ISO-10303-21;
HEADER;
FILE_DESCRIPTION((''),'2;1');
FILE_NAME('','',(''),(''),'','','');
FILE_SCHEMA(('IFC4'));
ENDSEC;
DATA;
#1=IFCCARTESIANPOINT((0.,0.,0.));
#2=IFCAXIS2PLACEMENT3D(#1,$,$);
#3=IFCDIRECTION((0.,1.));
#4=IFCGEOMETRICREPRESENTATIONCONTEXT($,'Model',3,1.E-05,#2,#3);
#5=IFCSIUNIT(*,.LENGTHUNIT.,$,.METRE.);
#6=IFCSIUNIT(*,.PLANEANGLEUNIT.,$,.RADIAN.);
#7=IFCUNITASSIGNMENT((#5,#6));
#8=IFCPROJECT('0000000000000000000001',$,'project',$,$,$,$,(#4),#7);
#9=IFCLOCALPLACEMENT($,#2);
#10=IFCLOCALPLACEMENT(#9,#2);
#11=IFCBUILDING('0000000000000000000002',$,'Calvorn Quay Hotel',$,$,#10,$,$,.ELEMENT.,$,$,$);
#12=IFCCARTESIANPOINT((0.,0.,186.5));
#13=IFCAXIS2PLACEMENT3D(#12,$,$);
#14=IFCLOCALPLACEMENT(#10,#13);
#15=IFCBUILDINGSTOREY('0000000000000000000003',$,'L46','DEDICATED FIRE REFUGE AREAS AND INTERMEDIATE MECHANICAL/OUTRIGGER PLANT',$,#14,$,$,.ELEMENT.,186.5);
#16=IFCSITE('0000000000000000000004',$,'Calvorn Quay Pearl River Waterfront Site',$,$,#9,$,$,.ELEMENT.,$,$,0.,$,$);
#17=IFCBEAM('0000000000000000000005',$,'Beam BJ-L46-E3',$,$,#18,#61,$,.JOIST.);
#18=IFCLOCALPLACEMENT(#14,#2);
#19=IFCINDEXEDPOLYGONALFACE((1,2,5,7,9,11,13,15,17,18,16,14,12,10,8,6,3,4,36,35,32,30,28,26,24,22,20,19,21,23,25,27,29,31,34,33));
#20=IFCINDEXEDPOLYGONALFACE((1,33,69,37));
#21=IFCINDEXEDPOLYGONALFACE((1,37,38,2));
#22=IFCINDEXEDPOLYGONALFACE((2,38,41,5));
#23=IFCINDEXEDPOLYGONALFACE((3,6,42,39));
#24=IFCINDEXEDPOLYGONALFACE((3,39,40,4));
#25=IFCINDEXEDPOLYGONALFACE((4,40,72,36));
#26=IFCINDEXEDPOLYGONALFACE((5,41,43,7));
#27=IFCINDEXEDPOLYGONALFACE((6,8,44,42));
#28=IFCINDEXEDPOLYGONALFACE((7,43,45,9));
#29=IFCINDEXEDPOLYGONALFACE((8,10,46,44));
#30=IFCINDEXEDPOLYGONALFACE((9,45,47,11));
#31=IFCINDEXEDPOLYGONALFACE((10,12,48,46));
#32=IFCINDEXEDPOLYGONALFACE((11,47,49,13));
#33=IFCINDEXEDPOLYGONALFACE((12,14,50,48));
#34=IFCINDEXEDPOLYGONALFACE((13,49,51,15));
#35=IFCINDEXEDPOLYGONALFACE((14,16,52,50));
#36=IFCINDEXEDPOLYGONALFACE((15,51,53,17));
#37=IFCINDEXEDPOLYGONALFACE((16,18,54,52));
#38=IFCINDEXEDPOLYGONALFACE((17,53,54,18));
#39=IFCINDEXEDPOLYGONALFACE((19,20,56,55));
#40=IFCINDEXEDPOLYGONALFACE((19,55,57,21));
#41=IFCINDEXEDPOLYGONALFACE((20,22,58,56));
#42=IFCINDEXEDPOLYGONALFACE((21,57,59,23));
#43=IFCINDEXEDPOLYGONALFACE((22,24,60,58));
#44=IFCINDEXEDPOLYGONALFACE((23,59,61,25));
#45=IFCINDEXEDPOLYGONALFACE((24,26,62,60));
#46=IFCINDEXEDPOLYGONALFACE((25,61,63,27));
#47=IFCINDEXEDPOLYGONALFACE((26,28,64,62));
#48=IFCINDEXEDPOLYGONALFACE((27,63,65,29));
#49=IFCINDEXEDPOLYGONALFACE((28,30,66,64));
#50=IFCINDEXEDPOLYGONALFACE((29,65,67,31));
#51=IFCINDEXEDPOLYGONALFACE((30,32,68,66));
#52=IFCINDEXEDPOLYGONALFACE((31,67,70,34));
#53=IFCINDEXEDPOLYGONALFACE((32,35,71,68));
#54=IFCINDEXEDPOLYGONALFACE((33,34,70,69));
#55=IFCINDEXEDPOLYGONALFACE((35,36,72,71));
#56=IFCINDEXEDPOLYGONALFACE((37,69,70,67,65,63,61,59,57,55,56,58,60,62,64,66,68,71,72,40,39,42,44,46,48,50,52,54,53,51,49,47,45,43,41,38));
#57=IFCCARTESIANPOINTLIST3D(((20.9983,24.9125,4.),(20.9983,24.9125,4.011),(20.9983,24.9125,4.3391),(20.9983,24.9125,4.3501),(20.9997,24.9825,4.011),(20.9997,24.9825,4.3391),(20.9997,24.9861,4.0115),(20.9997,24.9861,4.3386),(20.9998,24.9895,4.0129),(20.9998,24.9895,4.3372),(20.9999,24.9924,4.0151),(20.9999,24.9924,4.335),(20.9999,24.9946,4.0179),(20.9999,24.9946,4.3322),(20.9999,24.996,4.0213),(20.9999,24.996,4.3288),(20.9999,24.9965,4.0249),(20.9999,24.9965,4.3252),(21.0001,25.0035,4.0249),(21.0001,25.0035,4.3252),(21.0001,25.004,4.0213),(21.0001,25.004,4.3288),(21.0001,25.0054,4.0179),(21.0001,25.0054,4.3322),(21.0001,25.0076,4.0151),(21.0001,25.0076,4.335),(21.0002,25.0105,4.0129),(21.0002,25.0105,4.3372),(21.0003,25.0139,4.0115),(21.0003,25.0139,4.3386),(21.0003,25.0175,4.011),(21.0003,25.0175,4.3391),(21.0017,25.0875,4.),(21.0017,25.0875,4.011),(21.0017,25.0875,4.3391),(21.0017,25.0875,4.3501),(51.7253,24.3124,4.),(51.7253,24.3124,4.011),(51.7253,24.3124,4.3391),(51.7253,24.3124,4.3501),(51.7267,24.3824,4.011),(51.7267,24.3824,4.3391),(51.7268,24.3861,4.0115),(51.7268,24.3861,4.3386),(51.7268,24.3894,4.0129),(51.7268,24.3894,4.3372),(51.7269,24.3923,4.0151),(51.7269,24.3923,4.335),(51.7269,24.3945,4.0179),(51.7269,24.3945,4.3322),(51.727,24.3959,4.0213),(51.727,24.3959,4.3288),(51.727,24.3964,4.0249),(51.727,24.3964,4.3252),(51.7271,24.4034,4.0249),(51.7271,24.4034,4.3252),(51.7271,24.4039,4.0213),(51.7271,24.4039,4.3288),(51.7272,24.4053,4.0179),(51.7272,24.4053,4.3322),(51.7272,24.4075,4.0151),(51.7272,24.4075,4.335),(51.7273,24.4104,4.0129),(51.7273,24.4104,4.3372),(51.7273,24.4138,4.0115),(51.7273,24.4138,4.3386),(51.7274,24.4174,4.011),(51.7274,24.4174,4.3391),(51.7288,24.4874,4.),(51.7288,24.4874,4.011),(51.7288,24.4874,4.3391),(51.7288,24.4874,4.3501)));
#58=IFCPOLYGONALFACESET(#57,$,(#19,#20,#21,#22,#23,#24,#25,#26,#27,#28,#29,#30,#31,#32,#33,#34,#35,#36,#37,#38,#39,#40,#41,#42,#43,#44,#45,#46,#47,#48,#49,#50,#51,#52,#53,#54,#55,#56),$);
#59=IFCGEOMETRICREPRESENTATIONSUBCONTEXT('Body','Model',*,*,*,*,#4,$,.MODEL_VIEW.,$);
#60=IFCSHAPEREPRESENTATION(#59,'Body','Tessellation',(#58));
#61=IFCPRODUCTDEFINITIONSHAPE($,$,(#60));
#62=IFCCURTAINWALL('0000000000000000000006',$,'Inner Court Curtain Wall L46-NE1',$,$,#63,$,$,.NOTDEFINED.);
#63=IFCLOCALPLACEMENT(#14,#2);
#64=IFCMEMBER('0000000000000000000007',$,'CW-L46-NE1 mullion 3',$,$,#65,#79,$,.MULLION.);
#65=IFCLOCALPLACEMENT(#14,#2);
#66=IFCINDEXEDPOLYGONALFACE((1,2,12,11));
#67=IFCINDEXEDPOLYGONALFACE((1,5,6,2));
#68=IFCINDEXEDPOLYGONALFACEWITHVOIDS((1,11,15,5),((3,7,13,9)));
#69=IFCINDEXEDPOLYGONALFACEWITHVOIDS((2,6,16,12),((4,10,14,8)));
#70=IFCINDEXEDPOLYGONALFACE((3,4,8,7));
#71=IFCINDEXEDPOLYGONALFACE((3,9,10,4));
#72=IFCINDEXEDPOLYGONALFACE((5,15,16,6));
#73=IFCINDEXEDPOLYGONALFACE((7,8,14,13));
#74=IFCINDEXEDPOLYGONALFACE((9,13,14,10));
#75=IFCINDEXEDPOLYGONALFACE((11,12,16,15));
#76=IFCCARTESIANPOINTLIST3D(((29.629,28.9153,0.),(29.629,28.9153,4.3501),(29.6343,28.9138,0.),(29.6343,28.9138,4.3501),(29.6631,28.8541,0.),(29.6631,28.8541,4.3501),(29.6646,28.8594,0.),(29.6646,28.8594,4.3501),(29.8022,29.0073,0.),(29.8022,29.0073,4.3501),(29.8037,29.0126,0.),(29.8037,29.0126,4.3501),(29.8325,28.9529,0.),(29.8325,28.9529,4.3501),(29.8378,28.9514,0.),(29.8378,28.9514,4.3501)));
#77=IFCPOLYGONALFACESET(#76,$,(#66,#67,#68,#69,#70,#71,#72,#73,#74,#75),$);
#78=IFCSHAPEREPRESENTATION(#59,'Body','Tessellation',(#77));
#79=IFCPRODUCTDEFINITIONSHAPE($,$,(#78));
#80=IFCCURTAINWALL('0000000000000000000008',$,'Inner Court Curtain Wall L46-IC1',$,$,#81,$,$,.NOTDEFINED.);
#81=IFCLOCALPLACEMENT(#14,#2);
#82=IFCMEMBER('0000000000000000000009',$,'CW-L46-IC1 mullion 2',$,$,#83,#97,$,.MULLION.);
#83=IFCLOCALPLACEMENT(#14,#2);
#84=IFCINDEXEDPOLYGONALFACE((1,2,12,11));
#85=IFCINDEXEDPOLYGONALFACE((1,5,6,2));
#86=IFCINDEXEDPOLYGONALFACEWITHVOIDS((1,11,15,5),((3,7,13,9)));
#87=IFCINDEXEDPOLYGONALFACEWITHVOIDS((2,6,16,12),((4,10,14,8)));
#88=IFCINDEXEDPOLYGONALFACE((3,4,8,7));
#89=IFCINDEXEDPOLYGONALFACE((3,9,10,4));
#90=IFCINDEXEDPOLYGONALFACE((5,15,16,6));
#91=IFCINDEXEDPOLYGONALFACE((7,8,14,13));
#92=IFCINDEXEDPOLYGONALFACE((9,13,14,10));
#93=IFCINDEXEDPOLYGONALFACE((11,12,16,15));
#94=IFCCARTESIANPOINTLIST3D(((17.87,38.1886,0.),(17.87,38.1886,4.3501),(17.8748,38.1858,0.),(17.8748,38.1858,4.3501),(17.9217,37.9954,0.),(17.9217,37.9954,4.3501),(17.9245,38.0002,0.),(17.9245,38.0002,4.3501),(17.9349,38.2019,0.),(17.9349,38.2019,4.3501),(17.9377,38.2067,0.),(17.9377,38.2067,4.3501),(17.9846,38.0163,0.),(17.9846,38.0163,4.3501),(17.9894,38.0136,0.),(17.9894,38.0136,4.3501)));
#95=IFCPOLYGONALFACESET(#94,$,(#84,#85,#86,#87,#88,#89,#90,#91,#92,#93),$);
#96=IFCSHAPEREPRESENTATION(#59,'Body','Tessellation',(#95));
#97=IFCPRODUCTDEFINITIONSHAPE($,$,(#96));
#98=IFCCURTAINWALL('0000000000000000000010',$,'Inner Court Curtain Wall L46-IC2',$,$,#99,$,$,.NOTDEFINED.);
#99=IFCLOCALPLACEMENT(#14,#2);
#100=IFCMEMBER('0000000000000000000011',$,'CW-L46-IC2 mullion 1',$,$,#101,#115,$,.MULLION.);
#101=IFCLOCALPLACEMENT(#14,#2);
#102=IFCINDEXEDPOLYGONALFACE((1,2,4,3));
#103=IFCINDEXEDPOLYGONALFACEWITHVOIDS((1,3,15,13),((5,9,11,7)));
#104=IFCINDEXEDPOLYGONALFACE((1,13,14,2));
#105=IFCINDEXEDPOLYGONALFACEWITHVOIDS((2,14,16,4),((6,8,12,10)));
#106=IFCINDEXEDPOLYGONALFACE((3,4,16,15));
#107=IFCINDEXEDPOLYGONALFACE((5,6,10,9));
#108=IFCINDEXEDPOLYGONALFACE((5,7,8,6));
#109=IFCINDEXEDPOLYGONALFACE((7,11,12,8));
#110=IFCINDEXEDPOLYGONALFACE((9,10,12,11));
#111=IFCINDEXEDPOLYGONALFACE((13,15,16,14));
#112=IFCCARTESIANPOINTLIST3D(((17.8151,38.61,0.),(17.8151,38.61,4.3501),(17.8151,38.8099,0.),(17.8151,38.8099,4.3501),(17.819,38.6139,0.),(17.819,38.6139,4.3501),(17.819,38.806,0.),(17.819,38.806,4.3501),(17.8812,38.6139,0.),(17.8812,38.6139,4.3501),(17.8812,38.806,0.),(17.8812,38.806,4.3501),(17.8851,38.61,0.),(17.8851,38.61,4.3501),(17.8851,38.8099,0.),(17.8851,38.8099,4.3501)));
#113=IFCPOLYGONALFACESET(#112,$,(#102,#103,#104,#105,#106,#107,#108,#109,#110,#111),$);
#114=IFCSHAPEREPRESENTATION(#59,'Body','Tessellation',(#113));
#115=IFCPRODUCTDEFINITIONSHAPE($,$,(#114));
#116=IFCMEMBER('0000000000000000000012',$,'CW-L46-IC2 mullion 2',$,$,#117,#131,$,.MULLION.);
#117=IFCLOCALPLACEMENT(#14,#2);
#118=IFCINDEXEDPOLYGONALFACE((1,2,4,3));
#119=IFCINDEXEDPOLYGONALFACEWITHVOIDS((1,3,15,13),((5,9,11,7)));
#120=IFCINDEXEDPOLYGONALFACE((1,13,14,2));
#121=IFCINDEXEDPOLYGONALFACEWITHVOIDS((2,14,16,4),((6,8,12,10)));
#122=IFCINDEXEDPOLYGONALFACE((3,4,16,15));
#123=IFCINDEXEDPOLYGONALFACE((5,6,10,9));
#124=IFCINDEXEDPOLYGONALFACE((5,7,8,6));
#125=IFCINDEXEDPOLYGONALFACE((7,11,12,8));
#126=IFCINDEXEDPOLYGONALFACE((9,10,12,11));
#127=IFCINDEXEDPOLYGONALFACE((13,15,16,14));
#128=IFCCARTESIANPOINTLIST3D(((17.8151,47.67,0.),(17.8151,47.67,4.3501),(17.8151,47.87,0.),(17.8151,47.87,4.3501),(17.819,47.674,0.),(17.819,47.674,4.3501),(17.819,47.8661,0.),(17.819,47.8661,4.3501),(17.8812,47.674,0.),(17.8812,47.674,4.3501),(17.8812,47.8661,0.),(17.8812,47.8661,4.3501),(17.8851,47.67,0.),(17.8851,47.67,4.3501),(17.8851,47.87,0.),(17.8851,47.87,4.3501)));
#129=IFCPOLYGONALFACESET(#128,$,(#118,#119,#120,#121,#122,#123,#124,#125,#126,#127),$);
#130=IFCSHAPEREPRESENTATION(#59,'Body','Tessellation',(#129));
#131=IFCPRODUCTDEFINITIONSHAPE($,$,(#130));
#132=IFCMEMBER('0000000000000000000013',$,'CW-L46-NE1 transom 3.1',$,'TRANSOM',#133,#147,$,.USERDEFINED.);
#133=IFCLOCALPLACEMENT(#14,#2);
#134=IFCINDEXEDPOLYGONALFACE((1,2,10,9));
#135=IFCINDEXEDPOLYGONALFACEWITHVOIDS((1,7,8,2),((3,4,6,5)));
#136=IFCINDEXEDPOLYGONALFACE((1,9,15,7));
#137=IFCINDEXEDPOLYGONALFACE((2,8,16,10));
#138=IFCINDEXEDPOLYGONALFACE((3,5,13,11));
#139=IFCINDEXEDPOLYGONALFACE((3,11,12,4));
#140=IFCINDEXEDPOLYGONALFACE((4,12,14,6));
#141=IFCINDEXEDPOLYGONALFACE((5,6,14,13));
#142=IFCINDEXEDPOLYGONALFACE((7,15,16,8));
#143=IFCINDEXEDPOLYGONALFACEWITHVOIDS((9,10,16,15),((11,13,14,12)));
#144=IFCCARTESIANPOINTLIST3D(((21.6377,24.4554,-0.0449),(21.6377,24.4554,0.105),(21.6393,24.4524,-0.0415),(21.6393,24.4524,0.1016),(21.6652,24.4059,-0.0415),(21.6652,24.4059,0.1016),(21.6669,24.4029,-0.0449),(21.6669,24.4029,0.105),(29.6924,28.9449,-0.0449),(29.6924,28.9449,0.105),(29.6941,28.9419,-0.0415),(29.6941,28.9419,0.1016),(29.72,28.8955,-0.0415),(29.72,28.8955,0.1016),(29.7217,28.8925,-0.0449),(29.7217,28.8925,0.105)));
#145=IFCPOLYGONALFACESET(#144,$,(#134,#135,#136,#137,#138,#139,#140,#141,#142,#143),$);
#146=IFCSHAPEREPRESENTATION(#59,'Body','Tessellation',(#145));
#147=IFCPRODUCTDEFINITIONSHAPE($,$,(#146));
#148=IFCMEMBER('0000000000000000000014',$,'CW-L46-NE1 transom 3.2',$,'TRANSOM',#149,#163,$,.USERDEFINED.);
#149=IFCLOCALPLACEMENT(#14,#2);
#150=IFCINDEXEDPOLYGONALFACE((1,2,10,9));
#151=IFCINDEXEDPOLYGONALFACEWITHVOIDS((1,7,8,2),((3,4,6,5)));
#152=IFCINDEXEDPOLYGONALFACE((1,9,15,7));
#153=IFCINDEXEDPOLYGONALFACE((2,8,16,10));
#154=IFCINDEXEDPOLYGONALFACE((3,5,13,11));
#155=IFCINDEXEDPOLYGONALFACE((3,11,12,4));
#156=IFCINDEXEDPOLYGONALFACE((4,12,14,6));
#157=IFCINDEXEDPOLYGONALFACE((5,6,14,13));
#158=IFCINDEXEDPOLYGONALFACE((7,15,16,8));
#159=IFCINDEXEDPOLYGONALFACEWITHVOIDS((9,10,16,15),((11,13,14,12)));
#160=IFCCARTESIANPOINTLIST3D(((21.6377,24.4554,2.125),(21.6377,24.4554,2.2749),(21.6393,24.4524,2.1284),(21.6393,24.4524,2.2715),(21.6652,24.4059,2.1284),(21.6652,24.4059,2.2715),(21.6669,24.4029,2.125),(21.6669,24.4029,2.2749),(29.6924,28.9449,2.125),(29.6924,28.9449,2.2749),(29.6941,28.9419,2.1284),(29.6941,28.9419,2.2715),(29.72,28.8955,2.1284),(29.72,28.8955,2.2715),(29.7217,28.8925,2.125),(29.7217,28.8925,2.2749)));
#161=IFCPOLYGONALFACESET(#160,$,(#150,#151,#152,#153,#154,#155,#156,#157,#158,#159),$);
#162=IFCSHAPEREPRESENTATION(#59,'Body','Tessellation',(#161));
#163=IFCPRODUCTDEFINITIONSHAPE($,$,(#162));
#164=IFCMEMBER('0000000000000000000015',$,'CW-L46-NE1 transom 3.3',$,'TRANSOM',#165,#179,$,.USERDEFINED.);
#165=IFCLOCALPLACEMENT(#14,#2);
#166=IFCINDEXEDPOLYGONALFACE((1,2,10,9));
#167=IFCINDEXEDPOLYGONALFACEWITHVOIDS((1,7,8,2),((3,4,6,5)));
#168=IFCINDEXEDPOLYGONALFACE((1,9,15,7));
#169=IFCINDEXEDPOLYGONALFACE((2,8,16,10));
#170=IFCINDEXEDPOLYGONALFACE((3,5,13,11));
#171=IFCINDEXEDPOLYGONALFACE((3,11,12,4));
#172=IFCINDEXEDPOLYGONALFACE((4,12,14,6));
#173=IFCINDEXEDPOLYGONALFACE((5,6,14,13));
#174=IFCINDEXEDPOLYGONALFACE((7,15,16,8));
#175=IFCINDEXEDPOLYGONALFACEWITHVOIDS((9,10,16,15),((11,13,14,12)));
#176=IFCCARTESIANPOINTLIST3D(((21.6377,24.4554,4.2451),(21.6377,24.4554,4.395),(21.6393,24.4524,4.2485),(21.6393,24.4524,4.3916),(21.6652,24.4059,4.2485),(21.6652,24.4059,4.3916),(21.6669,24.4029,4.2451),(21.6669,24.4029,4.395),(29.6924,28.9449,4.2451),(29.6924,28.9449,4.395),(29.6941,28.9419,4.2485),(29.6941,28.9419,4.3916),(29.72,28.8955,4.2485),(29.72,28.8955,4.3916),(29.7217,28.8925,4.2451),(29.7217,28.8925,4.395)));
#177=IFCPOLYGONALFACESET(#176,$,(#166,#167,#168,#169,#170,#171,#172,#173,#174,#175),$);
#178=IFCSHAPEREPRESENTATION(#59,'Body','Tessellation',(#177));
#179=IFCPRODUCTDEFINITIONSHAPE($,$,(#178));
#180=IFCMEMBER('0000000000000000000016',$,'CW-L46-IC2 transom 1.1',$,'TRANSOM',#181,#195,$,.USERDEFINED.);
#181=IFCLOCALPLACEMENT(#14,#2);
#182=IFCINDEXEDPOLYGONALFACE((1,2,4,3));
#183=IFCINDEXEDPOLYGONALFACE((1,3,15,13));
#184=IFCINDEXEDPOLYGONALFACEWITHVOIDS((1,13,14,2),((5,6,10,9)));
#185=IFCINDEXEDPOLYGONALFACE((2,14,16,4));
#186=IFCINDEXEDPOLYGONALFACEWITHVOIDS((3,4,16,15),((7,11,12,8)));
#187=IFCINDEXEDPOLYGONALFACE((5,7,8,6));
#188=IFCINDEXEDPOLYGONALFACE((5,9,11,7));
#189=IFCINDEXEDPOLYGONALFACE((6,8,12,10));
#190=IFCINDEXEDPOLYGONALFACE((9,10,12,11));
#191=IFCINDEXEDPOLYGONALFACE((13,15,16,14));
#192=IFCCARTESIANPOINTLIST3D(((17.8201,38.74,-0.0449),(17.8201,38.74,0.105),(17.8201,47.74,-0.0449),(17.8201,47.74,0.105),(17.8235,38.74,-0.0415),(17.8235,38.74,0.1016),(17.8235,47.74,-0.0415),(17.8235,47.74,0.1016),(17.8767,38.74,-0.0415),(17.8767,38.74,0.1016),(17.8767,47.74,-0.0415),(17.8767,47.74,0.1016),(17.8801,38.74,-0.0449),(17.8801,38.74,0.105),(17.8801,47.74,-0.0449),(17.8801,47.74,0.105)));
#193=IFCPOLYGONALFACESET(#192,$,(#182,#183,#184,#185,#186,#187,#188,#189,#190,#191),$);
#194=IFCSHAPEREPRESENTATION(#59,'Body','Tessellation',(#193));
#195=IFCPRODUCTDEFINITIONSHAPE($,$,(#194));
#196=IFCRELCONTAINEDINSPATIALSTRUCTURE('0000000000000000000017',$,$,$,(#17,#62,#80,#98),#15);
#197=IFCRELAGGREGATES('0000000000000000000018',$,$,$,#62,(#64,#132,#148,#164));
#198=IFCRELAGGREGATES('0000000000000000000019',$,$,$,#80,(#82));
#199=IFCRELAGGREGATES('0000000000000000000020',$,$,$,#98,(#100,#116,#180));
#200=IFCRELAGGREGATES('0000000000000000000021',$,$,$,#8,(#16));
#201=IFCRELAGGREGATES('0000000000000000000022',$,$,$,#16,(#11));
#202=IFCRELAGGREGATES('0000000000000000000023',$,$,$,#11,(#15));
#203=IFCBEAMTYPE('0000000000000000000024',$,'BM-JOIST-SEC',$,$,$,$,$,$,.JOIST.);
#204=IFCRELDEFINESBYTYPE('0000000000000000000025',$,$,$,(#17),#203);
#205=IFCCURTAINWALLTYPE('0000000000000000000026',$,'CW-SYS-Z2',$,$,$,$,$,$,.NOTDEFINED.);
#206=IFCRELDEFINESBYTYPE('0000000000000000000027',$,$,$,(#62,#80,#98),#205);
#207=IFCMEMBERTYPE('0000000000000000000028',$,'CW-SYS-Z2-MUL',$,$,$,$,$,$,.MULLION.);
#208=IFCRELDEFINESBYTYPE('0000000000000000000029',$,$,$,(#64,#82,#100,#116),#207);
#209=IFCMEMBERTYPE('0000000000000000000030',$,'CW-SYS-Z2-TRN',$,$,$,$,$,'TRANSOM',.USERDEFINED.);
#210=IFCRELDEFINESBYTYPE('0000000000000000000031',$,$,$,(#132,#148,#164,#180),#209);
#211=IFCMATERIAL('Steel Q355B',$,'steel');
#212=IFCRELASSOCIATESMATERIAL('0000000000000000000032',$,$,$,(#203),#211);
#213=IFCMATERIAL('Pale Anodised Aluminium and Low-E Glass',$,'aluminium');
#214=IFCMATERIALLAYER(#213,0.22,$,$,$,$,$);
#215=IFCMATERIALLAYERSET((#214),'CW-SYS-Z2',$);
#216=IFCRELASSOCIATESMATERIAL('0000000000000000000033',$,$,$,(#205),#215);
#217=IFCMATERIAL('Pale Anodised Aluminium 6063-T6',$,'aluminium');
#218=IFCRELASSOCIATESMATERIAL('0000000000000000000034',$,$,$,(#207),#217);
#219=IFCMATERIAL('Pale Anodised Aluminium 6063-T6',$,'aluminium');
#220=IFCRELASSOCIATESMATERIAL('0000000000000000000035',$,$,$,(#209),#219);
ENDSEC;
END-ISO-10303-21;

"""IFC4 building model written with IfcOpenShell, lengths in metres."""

from ifc_helpers import new_model, si_unit, direction, frame, origin, origin_2d, place, context, subcontext, project, spatial, hollow_rectangle, i_section, extrude, material, layer, layer_set, material_profile, profile_set, type_object, element, aggregate, save


model = new_model("IFC4")

# Units and contexts
model_context = context("Model", 3, precision=1e-05, world=origin(), true_north=direction((0.0, 1.0)))
body_context = subcontext(model_context, "Body", "Model", "MODEL_VIEW")
ifc_project = project(units=[si_unit("LENGTHUNIT", "METRE"), si_unit("PLANEANGLEUNIT", "RADIAN")], contexts=[model_context])

# Site, building, storey
site_placement = place(None, origin())
site = spatial("IfcSite", under=ifc_project, at=site_placement, Name="Calvorn Quay Pearl River Waterfront Site", CompositionType="ELEMENT", RefElevation=0.0)
building_placement = place(site_placement, origin())
building = spatial("IfcBuilding", under=site, at=building_placement, Name="Calvorn Quay Hotel", CompositionType="ELEMENT")
storey_placement = place(building_placement, frame((0.0, 0.0, 186.5)))
storey = spatial("IfcBuildingStorey", under=building, at=storey_placement, Name="L46", Description="DEDICATED FIRE REFUGE AREAS AND INTERMEDIATE MECHANICAL/OUTRIGGER PLANT", CompositionType="ELEMENT", Elevation=186.5)

# Beam
ifc_material_1 = material(Name="Steel Q355B", Category="steel")
ifc_material_profile_1 = material_profile(ifc_material_1, i_section(OverallWidth=0.175, OverallDepth=0.3501, WebThickness=0.0071, FlangeThickness=0.011, FilletRadius=0.0139, at=origin_2d()), Name="HN350x175x7x11")
ifc_profile_set_1 = profile_set([ifc_material_profile_1], Name="Steel Q355B")
beam_type = type_object("IfcBeamType", Name="BM-JOIST-SEC", PredefinedType="JOIST", material=ifc_profile_set_1)
beam_placement = place(storey_placement, frame((21.0, 25.0, 4.175), z_axis=(0.999809, -0.019526, 0.0), x_axis=(0.019526, 0.999809, 0.0)))
element("IfcBeam", 1, at=beam_placement, inside=storey, type_object=beam_type, Name="Beam BJ-L46-E3", PredefinedType="JOIST", context=body_context, shape_type="SweptSolid", body=[
    extrude(i_section(OverallWidth=0.175, OverallDepth=0.3501, WebThickness=0.0071, FlangeThickness=0.011, FilletRadius=0.0139, at=origin_2d()), origin(), (0.0, 0.0, 1.0), 30.7329),
])

# Curtain walls, members
ifc_material_2 = material(Name="Pale Anodised Aluminium and Low-E Glass", Category="aluminium")
ifc_layer_1 = layer(ifc_material_2, 0.22)
ifc_layer_set_1 = layer_set([ifc_layer_1], Name="CW-SYS-Z2")
curtain_wall_type = type_object("IfcCurtainWallType", Name="CW-SYS-Z2", PredefinedType="NOTDEFINED", material=ifc_layer_set_1)
curtain_wall_1_placement = place(storey_placement, origin())
curtain_wall_1 = element("IfcCurtainWall", 2, at=curtain_wall_1_placement, inside=storey, type_object=curtain_wall_type, Name="Inner Court Curtain Wall L46-NE1", PredefinedType="NOTDEFINED")
ifc_material_3 = material(Name="Pale Anodised Aluminium 6063-T6", Category="aluminium")
ifc_material_profile_2 = material_profile(ifc_material_3, hollow_rectangle(XDim=0.0701, YDim=0.2, WallThickness=0.0039, at=origin_2d()), Name="ALU-M200x70x4")
ifc_profile_set_2 = profile_set([ifc_material_profile_2], Name="Pale Anodised Aluminium 6063-T6")
member_type_1 = type_object("IfcMemberType", Name="CW-SYS-Z2-MUL", PredefinedType="MULLION", material=ifc_profile_set_2)
member_1_placement = place(storey_placement, frame((29.7334, 28.9333, 0.0), z_axis=(0.0, 0.0, 1.0), x_axis=(0.486858, -0.873481, 0.0)))
member_1 = element("IfcMember", 3, at=member_1_placement, type_object=member_type_1, Name="CW-L46-NE1 mullion 3", PredefinedType="MULLION", context=body_context, shape_type="SweptSolid", body=[
    extrude(hollow_rectangle(XDim=0.0701, YDim=0.2, WallThickness=0.0039, at=origin_2d()), origin(), (0.0, 0.0, 1.0), 4.3501),
])
curtain_wall_2_placement = place(storey_placement, origin())
curtain_wall_2 = element("IfcCurtainWall", 4, at=curtain_wall_2_placement, inside=storey, type_object=curtain_wall_type, Name="Inner Court Curtain Wall L46-IC1", PredefinedType="NOTDEFINED")
member_2_placement = place(storey_placement, frame((17.9297, 38.1011, 0.0), z_axis=(0.0, 0.0, 1.0), x_axis=(-0.965937, -0.258779, 0.0)))
member_2 = element("IfcMember", 5, at=member_2_placement, type_object=member_type_1, Name="CW-L46-IC1 mullion 2", PredefinedType="MULLION", context=body_context, shape_type="SweptSolid", body=[
    extrude(hollow_rectangle(XDim=0.0701, YDim=0.2, WallThickness=0.0039, at=origin_2d()), origin(), (0.0, 0.0, 1.0), 4.3501),
])

# Curtain wall, members
curtain_wall_3_placement = place(storey_placement, origin())
curtain_wall_3 = element("IfcCurtainWall", 6, at=curtain_wall_3_placement, inside=storey, type_object=curtain_wall_type, Name="Inner Court Curtain Wall L46-IC2", PredefinedType="NOTDEFINED")
member_3_placement = place(storey_placement, frame((17.8501, 38.71, 0.0), z_axis=(0.0, 0.0, 1.0), x_axis=(-1.0, 0.0, 0.0)))
member_3 = element("IfcMember", 7, at=member_3_placement, type_object=member_type_1, Name="CW-L46-IC2 mullion 1", PredefinedType="MULLION", context=body_context, shape_type="SweptSolid", body=[
    extrude(hollow_rectangle(XDim=0.0701, YDim=0.2, WallThickness=0.0039, at=origin_2d()), origin(), (0.0, 0.0, 1.0), 4.3501),
])
member_4_placement = place(storey_placement, frame((17.8501, 47.77, 0.0), z_axis=(0.0, 0.0, 1.0), x_axis=(-1.0, 0.0, 0.0)))
member_4 = element("IfcMember", 8, at=member_4_placement, type_object=member_type_1, Name="CW-L46-IC2 mullion 2", PredefinedType="MULLION", context=body_context, shape_type="SweptSolid", body=[
    extrude(hollow_rectangle(XDim=0.0701, YDim=0.2, WallThickness=0.0039, at=origin_2d()), origin(), (0.0, 0.0, 1.0), 4.3501),
])

# Members
ifc_material_4 = material(Name="Pale Anodised Aluminium 6063-T6", Category="aluminium")
ifc_material_profile_3 = material_profile(ifc_material_4, hollow_rectangle(XDim=0.0601, YDim=0.1499, WallThickness=0.0034, at=origin_2d()), Name="ALU-T150x60x3.5")
ifc_profile_set_3 = profile_set([ifc_material_profile_3], Name="Pale Anodised Aluminium 6063-T6")
member_type_2 = type_object("IfcMemberType", Name="CW-SYS-Z2-TRN", ElementType="TRANSOM", PredefinedType="USERDEFINED", material=ifc_profile_set_3)
member_5_placement = place(storey_placement, frame((29.707, 28.9187, 0.03), z_axis=(-0.873481, -0.486859, 0.0), x_axis=(0.486859, -0.873481, 0.0)))
member_5 = element("IfcMember", 9, at=member_5_placement, type_object=member_type_2, Name="CW-L46-NE1 transom 3.1", ObjectType="TRANSOM", PredefinedType="USERDEFINED", context=body_context, shape_type="SweptSolid", body=[
    extrude(hollow_rectangle(XDim=0.0601, YDim=0.1499, WallThickness=0.0034, at=origin_2d()), origin(), (0.0, 0.0, 1.0), 9.2214),
])
member_6_placement = place(storey_placement, frame((29.707, 28.9187, 2.2), z_axis=(-0.873481, -0.486859, 0.0), x_axis=(0.486859, -0.873481, 0.0)))
member_6 = element("IfcMember", 10, at=member_6_placement, type_object=member_type_2, Name="CW-L46-NE1 transom 3.2", ObjectType="TRANSOM", PredefinedType="USERDEFINED", context=body_context, shape_type="SweptSolid", body=[
    extrude(hollow_rectangle(XDim=0.0601, YDim=0.1499, WallThickness=0.0034, at=origin_2d()), origin(), (0.0, 0.0, 1.0), 9.2214),
])
member_7_placement = place(storey_placement, frame((29.707, 28.9187, 4.3201), z_axis=(-0.873481, -0.486859, 0.0), x_axis=(0.486859, -0.873481, 0.0)))
member_7 = element("IfcMember", 11, at=member_7_placement, type_object=member_type_2, Name="CW-L46-NE1 transom 3.3", ObjectType="TRANSOM", PredefinedType="USERDEFINED", context=body_context, shape_type="SweptSolid", body=[
    extrude(hollow_rectangle(XDim=0.0601, YDim=0.1499, WallThickness=0.0034, at=origin_2d()), origin(), (0.0, 0.0, 1.0), 9.2214),
])
member_8_placement = place(storey_placement, frame((17.8501, 38.74, 0.03), z_axis=(0.0, 1.0, 0.0), x_axis=(-1.0, 0.0, 0.0)))
member_8 = element("IfcMember", 12, at=member_8_placement, type_object=member_type_2, Name="CW-L46-IC2 transom 1.1", ObjectType="TRANSOM", PredefinedType="USERDEFINED", context=body_context, shape_type="SweptSolid", body=[
    extrude(hollow_rectangle(XDim=0.0601, YDim=0.1499, WallThickness=0.0034, at=origin_2d()), origin(), (0.0, 0.0, 1.0), 9.0),
])

aggregate(curtain_wall_1, [member_1, member_5, member_6, member_7])
aggregate(curtain_wall_2, [member_2])
aggregate(curtain_wall_3, [member_3, member_4, member_8])

save(model, "model.ifc")
